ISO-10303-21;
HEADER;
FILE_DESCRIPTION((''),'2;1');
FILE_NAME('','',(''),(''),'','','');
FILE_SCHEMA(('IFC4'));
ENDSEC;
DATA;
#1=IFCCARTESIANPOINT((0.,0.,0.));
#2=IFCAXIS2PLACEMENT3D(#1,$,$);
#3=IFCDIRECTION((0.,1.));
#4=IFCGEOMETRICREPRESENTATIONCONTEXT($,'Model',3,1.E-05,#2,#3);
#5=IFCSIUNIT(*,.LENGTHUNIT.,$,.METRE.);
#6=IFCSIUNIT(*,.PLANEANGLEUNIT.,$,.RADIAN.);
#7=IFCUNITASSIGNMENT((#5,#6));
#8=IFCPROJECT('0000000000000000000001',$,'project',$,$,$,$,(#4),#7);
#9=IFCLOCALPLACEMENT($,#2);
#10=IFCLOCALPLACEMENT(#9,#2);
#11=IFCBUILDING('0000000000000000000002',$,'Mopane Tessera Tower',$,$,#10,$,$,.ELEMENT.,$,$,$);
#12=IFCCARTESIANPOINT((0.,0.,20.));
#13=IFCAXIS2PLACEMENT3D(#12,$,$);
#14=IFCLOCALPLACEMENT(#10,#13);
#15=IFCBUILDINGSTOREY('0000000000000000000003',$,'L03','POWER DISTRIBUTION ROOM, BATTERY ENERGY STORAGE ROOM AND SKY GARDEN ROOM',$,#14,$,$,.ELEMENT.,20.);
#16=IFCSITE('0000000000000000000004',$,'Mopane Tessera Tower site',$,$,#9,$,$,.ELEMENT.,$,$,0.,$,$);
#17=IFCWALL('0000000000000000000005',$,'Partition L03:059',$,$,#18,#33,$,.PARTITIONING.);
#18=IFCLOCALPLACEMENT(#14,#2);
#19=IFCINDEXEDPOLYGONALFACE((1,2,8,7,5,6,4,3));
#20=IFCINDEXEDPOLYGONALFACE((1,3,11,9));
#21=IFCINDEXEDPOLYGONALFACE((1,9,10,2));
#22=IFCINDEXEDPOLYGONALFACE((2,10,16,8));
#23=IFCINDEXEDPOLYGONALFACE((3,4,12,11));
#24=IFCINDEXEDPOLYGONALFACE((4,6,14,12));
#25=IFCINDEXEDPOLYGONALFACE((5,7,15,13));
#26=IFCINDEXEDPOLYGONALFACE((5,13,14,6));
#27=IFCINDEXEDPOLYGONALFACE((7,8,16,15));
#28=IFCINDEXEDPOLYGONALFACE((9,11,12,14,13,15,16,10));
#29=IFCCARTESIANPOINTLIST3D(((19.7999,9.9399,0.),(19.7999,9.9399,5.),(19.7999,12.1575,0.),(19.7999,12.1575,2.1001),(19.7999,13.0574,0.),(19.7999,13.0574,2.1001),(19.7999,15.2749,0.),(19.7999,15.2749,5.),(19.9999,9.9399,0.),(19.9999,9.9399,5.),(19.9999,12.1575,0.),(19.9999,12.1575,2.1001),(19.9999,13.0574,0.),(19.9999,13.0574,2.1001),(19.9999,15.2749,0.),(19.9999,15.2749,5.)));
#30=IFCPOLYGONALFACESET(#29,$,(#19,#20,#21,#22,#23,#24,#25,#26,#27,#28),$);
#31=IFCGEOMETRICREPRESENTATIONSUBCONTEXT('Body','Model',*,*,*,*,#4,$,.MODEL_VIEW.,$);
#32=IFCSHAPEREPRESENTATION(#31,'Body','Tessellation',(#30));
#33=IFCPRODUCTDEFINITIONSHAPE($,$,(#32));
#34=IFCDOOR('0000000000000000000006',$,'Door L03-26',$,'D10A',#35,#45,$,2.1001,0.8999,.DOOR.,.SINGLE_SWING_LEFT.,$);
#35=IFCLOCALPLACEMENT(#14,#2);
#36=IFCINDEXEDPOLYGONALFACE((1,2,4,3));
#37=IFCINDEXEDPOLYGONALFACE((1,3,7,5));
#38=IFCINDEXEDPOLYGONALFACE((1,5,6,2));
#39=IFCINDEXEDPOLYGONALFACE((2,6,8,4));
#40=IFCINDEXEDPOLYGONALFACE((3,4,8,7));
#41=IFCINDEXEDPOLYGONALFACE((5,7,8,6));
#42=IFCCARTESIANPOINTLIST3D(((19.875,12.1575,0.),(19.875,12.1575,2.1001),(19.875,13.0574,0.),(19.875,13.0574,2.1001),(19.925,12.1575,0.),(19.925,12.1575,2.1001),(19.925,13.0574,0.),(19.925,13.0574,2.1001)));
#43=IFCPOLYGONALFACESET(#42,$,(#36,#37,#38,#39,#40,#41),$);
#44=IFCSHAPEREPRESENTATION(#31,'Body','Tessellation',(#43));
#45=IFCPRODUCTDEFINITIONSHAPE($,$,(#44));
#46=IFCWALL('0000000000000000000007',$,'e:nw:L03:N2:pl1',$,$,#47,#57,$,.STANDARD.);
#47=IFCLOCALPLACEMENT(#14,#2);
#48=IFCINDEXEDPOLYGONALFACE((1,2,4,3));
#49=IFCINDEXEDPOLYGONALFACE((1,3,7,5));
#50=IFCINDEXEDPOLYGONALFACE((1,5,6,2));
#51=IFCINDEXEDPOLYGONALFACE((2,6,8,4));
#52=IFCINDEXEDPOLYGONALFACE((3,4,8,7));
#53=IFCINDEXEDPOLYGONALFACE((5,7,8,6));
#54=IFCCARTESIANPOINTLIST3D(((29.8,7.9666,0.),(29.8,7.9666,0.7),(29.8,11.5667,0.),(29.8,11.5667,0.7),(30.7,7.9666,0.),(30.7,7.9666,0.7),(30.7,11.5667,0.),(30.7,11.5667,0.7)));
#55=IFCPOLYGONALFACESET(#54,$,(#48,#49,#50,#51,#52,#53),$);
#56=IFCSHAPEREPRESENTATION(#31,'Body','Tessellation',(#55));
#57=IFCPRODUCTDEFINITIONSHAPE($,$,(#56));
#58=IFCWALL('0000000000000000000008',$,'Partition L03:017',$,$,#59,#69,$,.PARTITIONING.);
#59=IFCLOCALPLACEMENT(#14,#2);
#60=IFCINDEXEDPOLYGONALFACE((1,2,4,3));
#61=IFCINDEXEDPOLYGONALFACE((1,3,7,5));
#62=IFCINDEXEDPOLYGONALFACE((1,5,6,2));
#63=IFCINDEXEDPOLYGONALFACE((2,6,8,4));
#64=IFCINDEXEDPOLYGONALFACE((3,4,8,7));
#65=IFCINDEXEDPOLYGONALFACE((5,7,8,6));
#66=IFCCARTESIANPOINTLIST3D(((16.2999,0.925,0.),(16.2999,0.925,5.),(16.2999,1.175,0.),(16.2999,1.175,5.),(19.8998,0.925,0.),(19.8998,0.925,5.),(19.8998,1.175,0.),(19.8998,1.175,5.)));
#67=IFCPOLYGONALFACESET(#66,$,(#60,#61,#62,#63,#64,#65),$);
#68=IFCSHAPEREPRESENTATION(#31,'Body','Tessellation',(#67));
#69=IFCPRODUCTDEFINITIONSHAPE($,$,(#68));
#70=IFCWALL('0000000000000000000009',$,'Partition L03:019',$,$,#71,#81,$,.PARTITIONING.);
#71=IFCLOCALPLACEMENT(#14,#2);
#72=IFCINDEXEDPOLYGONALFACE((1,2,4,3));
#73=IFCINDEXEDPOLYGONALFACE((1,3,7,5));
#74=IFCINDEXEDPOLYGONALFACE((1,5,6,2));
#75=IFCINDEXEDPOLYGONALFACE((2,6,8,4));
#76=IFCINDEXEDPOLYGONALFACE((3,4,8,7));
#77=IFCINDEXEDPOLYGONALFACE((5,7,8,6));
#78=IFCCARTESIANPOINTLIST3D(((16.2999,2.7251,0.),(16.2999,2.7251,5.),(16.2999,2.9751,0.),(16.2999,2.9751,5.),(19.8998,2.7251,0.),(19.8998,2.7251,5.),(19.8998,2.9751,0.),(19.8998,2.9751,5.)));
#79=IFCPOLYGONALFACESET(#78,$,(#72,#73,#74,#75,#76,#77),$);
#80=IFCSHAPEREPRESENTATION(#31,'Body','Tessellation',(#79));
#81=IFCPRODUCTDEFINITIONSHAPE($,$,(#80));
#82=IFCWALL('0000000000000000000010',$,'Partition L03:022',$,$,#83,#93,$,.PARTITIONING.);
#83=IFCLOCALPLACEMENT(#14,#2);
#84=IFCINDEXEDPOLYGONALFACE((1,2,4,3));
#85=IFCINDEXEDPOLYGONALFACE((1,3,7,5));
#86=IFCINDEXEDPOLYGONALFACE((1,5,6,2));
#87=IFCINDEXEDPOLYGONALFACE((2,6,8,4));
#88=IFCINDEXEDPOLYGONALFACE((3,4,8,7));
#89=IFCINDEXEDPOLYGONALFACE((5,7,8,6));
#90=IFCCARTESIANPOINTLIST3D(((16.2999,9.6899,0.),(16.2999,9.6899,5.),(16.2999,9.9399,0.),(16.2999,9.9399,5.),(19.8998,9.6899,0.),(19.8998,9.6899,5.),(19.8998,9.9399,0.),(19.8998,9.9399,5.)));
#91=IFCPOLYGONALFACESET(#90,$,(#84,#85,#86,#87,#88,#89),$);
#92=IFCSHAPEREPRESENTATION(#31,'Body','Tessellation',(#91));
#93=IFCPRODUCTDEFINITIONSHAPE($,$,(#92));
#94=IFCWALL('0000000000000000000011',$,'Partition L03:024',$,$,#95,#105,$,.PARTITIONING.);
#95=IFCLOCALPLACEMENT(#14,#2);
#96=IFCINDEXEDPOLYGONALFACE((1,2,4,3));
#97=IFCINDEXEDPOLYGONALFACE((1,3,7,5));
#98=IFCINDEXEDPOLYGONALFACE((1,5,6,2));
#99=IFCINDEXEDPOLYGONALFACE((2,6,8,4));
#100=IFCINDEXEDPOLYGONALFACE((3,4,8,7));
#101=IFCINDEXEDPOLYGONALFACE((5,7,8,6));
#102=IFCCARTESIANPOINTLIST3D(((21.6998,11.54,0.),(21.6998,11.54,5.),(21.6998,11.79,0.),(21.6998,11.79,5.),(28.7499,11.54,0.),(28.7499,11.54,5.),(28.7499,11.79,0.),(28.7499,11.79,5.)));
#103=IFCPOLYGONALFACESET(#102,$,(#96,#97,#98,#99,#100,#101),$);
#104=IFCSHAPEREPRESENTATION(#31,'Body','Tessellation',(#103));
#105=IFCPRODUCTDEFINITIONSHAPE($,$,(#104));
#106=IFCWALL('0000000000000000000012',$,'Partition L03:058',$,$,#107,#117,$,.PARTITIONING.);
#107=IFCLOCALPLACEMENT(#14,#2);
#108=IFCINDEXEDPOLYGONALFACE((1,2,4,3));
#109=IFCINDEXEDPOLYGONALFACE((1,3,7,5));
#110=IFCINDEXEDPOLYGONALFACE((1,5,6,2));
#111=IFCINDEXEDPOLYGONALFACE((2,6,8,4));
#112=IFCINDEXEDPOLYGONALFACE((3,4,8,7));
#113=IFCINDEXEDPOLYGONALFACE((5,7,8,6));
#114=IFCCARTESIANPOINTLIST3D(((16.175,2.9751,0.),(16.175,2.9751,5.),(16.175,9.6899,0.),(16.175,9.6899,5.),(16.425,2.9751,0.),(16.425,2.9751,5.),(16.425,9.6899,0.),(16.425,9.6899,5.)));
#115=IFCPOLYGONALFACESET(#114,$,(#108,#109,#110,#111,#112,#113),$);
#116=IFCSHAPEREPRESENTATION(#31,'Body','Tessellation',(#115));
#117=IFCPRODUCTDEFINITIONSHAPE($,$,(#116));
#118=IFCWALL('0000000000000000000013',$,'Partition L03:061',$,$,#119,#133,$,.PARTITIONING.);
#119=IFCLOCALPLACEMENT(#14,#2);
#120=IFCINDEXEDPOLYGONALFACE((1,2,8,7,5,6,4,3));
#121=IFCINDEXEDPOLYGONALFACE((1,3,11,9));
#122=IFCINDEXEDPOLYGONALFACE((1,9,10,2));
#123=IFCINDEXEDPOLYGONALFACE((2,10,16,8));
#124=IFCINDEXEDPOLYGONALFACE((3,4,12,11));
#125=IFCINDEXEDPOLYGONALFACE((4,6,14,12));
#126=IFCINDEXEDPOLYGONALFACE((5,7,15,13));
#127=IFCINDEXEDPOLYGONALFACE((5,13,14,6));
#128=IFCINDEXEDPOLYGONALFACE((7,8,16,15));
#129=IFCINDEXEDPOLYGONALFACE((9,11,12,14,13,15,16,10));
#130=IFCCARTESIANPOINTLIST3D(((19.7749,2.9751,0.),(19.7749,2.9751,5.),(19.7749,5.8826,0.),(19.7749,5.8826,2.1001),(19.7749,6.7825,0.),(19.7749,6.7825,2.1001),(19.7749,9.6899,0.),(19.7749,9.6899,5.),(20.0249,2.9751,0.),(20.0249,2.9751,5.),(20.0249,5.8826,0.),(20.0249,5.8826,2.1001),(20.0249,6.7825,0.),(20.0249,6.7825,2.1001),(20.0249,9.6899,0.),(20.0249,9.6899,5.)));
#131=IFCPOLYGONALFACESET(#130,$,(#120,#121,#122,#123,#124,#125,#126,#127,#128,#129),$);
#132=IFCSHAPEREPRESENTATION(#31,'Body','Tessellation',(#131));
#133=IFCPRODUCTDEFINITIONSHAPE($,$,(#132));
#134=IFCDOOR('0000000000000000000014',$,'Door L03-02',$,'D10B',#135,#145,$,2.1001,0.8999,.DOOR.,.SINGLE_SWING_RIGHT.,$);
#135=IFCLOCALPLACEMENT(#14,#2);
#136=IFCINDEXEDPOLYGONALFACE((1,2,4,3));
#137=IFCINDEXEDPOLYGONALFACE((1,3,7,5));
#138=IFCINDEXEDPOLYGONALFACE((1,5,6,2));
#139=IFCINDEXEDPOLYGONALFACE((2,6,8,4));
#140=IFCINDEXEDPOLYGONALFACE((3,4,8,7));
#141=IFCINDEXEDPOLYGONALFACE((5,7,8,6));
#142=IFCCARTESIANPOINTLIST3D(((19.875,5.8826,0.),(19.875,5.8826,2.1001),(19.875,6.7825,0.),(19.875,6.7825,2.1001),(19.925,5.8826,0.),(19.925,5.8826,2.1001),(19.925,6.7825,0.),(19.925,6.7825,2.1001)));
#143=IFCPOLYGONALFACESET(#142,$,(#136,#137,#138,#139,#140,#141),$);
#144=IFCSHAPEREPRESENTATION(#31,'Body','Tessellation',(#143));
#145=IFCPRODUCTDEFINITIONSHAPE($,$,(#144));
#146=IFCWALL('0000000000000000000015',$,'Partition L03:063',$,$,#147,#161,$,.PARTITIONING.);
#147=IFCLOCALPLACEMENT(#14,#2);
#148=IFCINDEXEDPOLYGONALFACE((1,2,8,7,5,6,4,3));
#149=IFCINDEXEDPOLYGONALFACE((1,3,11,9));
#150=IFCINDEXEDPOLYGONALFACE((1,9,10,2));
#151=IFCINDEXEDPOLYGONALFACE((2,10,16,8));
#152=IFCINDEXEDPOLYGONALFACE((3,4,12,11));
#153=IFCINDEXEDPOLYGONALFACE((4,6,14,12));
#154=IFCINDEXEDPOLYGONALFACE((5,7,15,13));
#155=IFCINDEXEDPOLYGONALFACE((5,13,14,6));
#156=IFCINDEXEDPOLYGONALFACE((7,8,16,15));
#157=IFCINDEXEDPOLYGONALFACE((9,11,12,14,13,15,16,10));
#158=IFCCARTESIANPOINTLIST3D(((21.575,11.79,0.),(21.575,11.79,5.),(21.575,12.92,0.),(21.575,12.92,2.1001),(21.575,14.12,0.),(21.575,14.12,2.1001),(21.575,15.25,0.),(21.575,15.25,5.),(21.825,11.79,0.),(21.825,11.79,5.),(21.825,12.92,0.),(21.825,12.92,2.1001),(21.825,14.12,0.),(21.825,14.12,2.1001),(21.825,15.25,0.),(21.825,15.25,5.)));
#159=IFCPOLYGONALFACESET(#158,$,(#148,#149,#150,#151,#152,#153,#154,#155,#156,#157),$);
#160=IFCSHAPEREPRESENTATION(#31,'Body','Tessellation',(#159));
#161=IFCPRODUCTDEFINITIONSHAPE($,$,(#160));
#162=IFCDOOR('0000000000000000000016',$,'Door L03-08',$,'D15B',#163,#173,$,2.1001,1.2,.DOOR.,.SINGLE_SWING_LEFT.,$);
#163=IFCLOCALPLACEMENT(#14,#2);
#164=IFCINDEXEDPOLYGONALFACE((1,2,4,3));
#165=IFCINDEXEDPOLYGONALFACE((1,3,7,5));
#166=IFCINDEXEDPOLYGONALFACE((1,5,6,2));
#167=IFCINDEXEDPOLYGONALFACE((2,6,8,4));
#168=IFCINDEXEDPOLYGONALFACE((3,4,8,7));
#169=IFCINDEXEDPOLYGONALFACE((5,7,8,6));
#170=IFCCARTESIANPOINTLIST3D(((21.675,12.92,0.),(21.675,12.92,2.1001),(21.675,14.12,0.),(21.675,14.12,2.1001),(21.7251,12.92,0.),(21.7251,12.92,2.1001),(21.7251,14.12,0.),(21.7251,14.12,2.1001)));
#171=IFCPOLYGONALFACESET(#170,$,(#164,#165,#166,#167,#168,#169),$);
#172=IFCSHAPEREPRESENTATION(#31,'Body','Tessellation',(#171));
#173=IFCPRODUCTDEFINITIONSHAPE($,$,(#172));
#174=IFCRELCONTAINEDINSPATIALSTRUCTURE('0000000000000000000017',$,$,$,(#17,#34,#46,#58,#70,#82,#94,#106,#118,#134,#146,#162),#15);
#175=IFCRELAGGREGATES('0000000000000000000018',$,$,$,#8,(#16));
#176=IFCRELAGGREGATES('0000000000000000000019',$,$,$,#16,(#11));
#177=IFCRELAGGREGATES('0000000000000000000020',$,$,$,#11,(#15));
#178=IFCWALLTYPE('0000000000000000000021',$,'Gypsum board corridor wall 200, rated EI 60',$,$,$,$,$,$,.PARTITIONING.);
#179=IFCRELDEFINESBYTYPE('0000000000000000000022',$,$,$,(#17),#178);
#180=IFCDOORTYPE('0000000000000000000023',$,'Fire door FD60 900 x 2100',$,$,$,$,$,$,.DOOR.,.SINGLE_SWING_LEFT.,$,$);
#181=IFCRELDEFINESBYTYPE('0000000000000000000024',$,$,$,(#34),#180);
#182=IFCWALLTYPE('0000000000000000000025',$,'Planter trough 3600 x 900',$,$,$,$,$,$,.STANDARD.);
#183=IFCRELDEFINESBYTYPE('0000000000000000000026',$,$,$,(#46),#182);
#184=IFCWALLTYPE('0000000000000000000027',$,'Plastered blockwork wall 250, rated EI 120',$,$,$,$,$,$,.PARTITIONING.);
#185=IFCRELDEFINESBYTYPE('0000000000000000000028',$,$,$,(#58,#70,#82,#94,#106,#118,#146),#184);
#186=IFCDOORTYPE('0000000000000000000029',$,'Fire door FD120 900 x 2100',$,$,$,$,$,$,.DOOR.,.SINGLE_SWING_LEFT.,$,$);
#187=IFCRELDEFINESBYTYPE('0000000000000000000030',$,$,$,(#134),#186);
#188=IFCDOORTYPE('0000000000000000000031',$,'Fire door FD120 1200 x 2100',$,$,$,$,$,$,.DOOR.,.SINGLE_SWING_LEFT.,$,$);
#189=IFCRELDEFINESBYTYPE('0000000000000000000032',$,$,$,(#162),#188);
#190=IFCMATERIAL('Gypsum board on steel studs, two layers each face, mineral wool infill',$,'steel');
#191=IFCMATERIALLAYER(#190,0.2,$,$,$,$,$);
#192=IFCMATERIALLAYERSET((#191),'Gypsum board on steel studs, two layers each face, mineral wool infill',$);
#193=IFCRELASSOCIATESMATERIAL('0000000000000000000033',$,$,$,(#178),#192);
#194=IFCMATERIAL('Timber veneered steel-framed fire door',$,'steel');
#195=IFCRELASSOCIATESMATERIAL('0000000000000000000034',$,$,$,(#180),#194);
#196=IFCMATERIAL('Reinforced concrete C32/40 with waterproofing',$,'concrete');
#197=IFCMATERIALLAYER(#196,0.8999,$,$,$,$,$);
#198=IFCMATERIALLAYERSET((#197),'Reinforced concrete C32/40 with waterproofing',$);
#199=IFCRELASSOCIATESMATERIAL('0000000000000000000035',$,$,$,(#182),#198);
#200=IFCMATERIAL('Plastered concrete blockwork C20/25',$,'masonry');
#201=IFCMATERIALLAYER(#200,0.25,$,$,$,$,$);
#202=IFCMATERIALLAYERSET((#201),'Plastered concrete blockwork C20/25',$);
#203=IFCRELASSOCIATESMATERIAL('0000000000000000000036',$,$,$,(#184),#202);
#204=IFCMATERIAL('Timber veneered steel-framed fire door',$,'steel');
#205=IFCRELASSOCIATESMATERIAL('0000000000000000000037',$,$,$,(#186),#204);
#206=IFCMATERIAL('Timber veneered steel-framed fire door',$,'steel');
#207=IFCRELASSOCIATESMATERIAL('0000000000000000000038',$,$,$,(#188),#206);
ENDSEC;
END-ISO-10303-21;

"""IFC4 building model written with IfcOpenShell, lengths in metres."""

from ifc_helpers import new_model, si_unit, direction, frame, frame_2d, origin, place, context, subcontext, project, spatial, rectangle, extrude, material, layer, layer_set, type_object, element, fill, save


model = new_model("IFC4")

# Units and contexts
model_context = context("Model", 3, precision=1e-05, world=origin(), true_north=direction((0.0, 1.0)))
body_context = subcontext(model_context, "Body", "Model", "MODEL_VIEW")
ifc_project = project(units=[si_unit("LENGTHUNIT", "METRE"), si_unit("PLANEANGLEUNIT", "RADIAN")], contexts=[model_context])

# Site, building, storey
site_placement = place(None, origin())
site = spatial("IfcSite", under=ifc_project, at=site_placement, Name="Mopane Tessera Tower site", CompositionType="ELEMENT", RefElevation=0.0)
building_placement = place(site_placement, origin())
building = spatial("IfcBuilding", under=site, at=building_placement, Name="Mopane Tessera Tower", CompositionType="ELEMENT")
storey_placement = place(building_placement, frame((0.0, 0.0, 20.0)))
storey = spatial("IfcBuildingStorey", under=building, at=storey_placement, Name="L03", Description="POWER DISTRIBUTION ROOM, BATTERY ENERGY STORAGE ROOM AND SKY GARDEN ROOM", CompositionType="ELEMENT", Elevation=20.0)

# Shared definitions
ifc_material_1 = material(Name="Gypsum board on steel studs, two layers each face, mineral wool infill", Category="steel")
ifc_layer_1 = layer(ifc_material_1, 0.2)
ifc_layer_set_1 = layer_set([ifc_layer_1], Name="Gypsum board on steel studs, two layers each face, mineral wool infill")
wall_type_1 = type_object("IfcWallType", Name="Gypsum board corridor wall 200, rated EI 60", PredefinedType="PARTITIONING", material=ifc_layer_set_1)

# Wall, opening, door
wall_1_placement = place(storey_placement, frame((19.8999, 9.9399, 0.0), z_axis=(0.0, 0.0, 1.0), x_axis=(0.0, 1.0, 0.0)))
wall_1 = element("IfcWall", 1, at=wall_1_placement, inside=storey, type_object=wall_type_1, Name="Partition L03:059", PredefinedType="PARTITIONING", context=body_context, shape_type="SweptSolid", body=[
    extrude(rectangle(XDim=5.335, YDim=0.2, at=frame_2d((2.6675, 0.0))), origin(), (0.0, 0.0, 1.0), 5.0),
])
opening_1_placement = place(wall_1_placement, frame((2.2175, 0.0, 0.0)))
opening_1 = element("IfcOpeningElement", 2, at=opening_1_placement, cuts=wall_1, PredefinedType="OPENING", context=body_context, shape_type="SweptSolid", body=[
    extrude(rectangle(XDim=0.8999, YDim=2.1001, at=frame_2d((0.45, 1.05))), frame((0.0, 0.1121, 0.0), z_axis=(0.0, -1.0, 0.0), x_axis=(1.0, 0.0, 0.0)), (0.0, 0.0, 1.0), 0.2239),
])
ifc_material_2 = material(Name="Timber veneered steel-framed fire door", Category="steel")
door_type_1 = type_object("IfcDoorType", Name="Fire door FD60 900 x 2100", OperationType="SINGLE_SWING_LEFT", PredefinedType="DOOR", material=ifc_material_2)
door_1_placement = place(opening_1_placement, origin())
door_1 = element("IfcDoor", 3, at=door_1_placement, inside=storey, type_object=door_type_1, Name="Door L03-26", ObjectType="D10A", OperationType="SINGLE_SWING_LEFT", OverallHeight=2.1001, OverallWidth=0.8999, PredefinedType="DOOR", context=body_context, shape_type="SweptSolid", body=[
    extrude(rectangle(XDim=0.8999, YDim=2.1001, at=frame_2d((0.45, 1.05))), frame((0.0, 0.0249, 0.0), z_axis=(0.0, -1.0, 0.0), x_axis=(1.0, 0.0, 0.0)), (0.0, 0.0, 1.0), 0.05),
])
fill(opening_1, door_1)

# Walls
ifc_material_3 = material(Name="Reinforced concrete C32/40 with waterproofing", Category="concrete")
ifc_layer_2 = layer(ifc_material_3, 0.8999)
ifc_layer_set_2 = layer_set([ifc_layer_2], Name="Reinforced concrete C32/40 with waterproofing")
wall_type_2 = type_object("IfcWallType", Name="Planter trough 3600 x 900", PredefinedType="STANDARD", material=ifc_layer_set_2)
wall_2_placement = place(storey_placement, frame((30.25, 7.9666, 0.0), z_axis=(0.0, 0.0, 1.0), x_axis=(0.0, 1.0, 0.0)))
element("IfcWall", 4, at=wall_2_placement, inside=storey, type_object=wall_type_2, Name="e:nw:L03:N2:pl1", PredefinedType="STANDARD", context=body_context, shape_type="SweptSolid", body=[
    extrude(rectangle(XDim=3.6001, YDim=0.8999, at=frame_2d((1.8, 0.0))), origin(), (0.0, 0.0, 1.0), 0.7),
])
ifc_material_4 = material(Name="Plastered concrete blockwork C20/25", Category="masonry")
ifc_layer_3 = layer(ifc_material_4, 0.25)
ifc_layer_set_3 = layer_set([ifc_layer_3], Name="Plastered concrete blockwork C20/25")
wall_type_3 = type_object("IfcWallType", Name="Plastered blockwork wall 250, rated EI 120", PredefinedType="PARTITIONING", material=ifc_layer_set_3)
for number, where, z_axis, x_axis, name in (
    (5, (16.3, 1.05, 0.0), (0.0, 0.0, 1.0), (1.0, 0.0, 0.0), "Partition L03:017"),
    (6, (16.3, 2.8501, 0.0), (0.0, 0.0, 1.0), (1.0, 0.0, 0.0), "Partition L03:019"),
    (7, (16.3, 9.8149, 0.0), (0.0, 0.0, 1.0), (1.0, 0.0, 0.0), "Partition L03:022"),
):
    element("IfcWall", number, at=place(storey_placement, frame(where, z_axis=z_axis, x_axis=x_axis)), inside=storey, type_object=wall_type_3, Name=name, PredefinedType="PARTITIONING", context=body_context, shape_type="SweptSolid", body=[
        extrude(rectangle(XDim=3.5999, YDim=0.25, at=frame_2d((1.7998, 0.0))), origin(), (0.0, 0.0, 1.0), 5.0),
    ])
wall_3_placement = place(storey_placement, frame((21.7, 11.665, 0.0), z_axis=(0.0, 0.0, 1.0), x_axis=(1.0, 0.0, 0.0)))
element("IfcWall", 8, at=wall_3_placement, inside=storey, type_object=wall_type_3, Name="Partition L03:024", PredefinedType="PARTITIONING", context=body_context, shape_type="SweptSolid", body=[
    extrude(rectangle(XDim=7.05, YDim=0.25, at=frame_2d((3.5249, 0.0))), origin(), (0.0, 0.0, 1.0), 5.0),
])
wall_4_placement = place(storey_placement, frame((16.3, 2.9751, 0.0), z_axis=(0.0, 0.0, 1.0), x_axis=(0.0, 1.0, 0.0)))
element("IfcWall", 9, at=wall_4_placement, inside=storey, type_object=wall_type_3, Name="Partition L03:058", PredefinedType="PARTITIONING", context=body_context, shape_type="SweptSolid", body=[
    extrude(rectangle(XDim=6.7148, YDim=0.25, at=frame_2d((3.3574, 0.0))), origin(), (0.0, 0.0, 1.0), 5.0),
])

# Walls, openings, doors
wall_5_placement = place(storey_placement, frame((19.8999, 2.9751, 0.0), z_axis=(0.0, 0.0, 1.0), x_axis=(0.0, 1.0, 0.0)))
wall_5 = element("IfcWall", 10, at=wall_5_placement, inside=storey, type_object=wall_type_3, Name="Partition L03:061", PredefinedType="PARTITIONING", context=body_context, shape_type="SweptSolid", body=[
    extrude(rectangle(XDim=6.7148, YDim=0.25, at=frame_2d((3.3574, 0.0))), origin(), (0.0, 0.0, 1.0), 5.0),
])
opening_2_placement = place(wall_5_placement, frame((2.9075, 0.0, 0.0)))
opening_2 = element("IfcOpeningElement", 11, at=opening_2_placement, cuts=wall_5, PredefinedType="OPENING", context=body_context, shape_type="SweptSolid", body=[
    extrude(rectangle(XDim=0.8999, YDim=2.1001, at=frame_2d((0.45, 1.05))), frame((0.0, 0.137, 0.0), z_axis=(0.0, -1.0, 0.0), x_axis=(1.0, 0.0, 0.0)), (0.0, 0.0, 1.0), 0.2739),
])
ifc_material_5 = material(Name="Timber veneered steel-framed fire door", Category="steel")
door_type_2 = type_object("IfcDoorType", Name="Fire door FD120 900 x 2100", OperationType="SINGLE_SWING_LEFT", PredefinedType="DOOR", material=ifc_material_5)
door_2_placement = place(opening_2_placement, origin())
door_2 = element("IfcDoor", 12, at=door_2_placement, inside=storey, type_object=door_type_2, Name="Door L03-02", ObjectType="D10B", OperationType="SINGLE_SWING_RIGHT", OverallHeight=2.1001, OverallWidth=0.8999, PredefinedType="DOOR", context=body_context, shape_type="SweptSolid", body=[
    extrude(rectangle(XDim=0.8999, YDim=2.1001, at=frame_2d((0.45, 1.05))), frame((0.0, 0.0249, 0.0), z_axis=(0.0, -1.0, 0.0), x_axis=(1.0, 0.0, 0.0)), (0.0, 0.0, 1.0), 0.05),
])
fill(opening_2, door_2)
wall_6_placement = place(storey_placement, frame((21.7, 11.79, 0.0), z_axis=(0.0, 0.0, 1.0), x_axis=(0.0, 1.0, 0.0)))
wall_6 = element("IfcWall", 13, at=wall_6_placement, inside=storey, type_object=wall_type_3, Name="Partition L03:063", PredefinedType="PARTITIONING", context=body_context, shape_type="SweptSolid", body=[
    extrude(rectangle(XDim=3.46, YDim=0.25, at=frame_2d((1.73, 0.0))), origin(), (0.0, 0.0, 1.0), 5.0),
])
opening_3_placement = place(wall_6_placement, frame((1.1299, 0.0, 0.0)))
opening_3 = element("IfcOpeningElement", 14, at=opening_3_placement, cuts=wall_6, PredefinedType="OPENING", context=body_context, shape_type="SweptSolid", body=[
    extrude(rectangle(XDim=1.2, YDim=2.1001, at=frame_2d((0.6001, 1.05))), frame((0.0, 0.137, 0.0), z_axis=(0.0, -1.0, 0.0), x_axis=(1.0, 0.0, 0.0)), (0.0, 0.0, 1.0), 0.2739),
])
ifc_material_6 = material(Name="Timber veneered steel-framed fire door", Category="steel")
door_type_3 = type_object("IfcDoorType", Name="Fire door FD120 1200 x 2100", OperationType="SINGLE_SWING_LEFT", PredefinedType="DOOR", material=ifc_material_6)
door_3_placement = place(opening_3_placement, origin())
door_3 = element("IfcDoor", 15, at=door_3_placement, inside=storey, type_object=door_type_3, Name="Door L03-08", ObjectType="D15B", OperationType="SINGLE_SWING_LEFT", OverallHeight=2.1001, OverallWidth=1.2, PredefinedType="DOOR", context=body_context, shape_type="SweptSolid", body=[
    extrude(rectangle(XDim=1.2, YDim=2.1001, at=frame_2d((0.6001, 1.05))), frame((0.0, 0.0249, 0.0), z_axis=(0.0, -1.0, 0.0), x_axis=(1.0, 0.0, 0.0)), (0.0, 0.0, 1.0), 0.05),
])
fill(opening_3, door_3)

save(model, "model.ifc")
